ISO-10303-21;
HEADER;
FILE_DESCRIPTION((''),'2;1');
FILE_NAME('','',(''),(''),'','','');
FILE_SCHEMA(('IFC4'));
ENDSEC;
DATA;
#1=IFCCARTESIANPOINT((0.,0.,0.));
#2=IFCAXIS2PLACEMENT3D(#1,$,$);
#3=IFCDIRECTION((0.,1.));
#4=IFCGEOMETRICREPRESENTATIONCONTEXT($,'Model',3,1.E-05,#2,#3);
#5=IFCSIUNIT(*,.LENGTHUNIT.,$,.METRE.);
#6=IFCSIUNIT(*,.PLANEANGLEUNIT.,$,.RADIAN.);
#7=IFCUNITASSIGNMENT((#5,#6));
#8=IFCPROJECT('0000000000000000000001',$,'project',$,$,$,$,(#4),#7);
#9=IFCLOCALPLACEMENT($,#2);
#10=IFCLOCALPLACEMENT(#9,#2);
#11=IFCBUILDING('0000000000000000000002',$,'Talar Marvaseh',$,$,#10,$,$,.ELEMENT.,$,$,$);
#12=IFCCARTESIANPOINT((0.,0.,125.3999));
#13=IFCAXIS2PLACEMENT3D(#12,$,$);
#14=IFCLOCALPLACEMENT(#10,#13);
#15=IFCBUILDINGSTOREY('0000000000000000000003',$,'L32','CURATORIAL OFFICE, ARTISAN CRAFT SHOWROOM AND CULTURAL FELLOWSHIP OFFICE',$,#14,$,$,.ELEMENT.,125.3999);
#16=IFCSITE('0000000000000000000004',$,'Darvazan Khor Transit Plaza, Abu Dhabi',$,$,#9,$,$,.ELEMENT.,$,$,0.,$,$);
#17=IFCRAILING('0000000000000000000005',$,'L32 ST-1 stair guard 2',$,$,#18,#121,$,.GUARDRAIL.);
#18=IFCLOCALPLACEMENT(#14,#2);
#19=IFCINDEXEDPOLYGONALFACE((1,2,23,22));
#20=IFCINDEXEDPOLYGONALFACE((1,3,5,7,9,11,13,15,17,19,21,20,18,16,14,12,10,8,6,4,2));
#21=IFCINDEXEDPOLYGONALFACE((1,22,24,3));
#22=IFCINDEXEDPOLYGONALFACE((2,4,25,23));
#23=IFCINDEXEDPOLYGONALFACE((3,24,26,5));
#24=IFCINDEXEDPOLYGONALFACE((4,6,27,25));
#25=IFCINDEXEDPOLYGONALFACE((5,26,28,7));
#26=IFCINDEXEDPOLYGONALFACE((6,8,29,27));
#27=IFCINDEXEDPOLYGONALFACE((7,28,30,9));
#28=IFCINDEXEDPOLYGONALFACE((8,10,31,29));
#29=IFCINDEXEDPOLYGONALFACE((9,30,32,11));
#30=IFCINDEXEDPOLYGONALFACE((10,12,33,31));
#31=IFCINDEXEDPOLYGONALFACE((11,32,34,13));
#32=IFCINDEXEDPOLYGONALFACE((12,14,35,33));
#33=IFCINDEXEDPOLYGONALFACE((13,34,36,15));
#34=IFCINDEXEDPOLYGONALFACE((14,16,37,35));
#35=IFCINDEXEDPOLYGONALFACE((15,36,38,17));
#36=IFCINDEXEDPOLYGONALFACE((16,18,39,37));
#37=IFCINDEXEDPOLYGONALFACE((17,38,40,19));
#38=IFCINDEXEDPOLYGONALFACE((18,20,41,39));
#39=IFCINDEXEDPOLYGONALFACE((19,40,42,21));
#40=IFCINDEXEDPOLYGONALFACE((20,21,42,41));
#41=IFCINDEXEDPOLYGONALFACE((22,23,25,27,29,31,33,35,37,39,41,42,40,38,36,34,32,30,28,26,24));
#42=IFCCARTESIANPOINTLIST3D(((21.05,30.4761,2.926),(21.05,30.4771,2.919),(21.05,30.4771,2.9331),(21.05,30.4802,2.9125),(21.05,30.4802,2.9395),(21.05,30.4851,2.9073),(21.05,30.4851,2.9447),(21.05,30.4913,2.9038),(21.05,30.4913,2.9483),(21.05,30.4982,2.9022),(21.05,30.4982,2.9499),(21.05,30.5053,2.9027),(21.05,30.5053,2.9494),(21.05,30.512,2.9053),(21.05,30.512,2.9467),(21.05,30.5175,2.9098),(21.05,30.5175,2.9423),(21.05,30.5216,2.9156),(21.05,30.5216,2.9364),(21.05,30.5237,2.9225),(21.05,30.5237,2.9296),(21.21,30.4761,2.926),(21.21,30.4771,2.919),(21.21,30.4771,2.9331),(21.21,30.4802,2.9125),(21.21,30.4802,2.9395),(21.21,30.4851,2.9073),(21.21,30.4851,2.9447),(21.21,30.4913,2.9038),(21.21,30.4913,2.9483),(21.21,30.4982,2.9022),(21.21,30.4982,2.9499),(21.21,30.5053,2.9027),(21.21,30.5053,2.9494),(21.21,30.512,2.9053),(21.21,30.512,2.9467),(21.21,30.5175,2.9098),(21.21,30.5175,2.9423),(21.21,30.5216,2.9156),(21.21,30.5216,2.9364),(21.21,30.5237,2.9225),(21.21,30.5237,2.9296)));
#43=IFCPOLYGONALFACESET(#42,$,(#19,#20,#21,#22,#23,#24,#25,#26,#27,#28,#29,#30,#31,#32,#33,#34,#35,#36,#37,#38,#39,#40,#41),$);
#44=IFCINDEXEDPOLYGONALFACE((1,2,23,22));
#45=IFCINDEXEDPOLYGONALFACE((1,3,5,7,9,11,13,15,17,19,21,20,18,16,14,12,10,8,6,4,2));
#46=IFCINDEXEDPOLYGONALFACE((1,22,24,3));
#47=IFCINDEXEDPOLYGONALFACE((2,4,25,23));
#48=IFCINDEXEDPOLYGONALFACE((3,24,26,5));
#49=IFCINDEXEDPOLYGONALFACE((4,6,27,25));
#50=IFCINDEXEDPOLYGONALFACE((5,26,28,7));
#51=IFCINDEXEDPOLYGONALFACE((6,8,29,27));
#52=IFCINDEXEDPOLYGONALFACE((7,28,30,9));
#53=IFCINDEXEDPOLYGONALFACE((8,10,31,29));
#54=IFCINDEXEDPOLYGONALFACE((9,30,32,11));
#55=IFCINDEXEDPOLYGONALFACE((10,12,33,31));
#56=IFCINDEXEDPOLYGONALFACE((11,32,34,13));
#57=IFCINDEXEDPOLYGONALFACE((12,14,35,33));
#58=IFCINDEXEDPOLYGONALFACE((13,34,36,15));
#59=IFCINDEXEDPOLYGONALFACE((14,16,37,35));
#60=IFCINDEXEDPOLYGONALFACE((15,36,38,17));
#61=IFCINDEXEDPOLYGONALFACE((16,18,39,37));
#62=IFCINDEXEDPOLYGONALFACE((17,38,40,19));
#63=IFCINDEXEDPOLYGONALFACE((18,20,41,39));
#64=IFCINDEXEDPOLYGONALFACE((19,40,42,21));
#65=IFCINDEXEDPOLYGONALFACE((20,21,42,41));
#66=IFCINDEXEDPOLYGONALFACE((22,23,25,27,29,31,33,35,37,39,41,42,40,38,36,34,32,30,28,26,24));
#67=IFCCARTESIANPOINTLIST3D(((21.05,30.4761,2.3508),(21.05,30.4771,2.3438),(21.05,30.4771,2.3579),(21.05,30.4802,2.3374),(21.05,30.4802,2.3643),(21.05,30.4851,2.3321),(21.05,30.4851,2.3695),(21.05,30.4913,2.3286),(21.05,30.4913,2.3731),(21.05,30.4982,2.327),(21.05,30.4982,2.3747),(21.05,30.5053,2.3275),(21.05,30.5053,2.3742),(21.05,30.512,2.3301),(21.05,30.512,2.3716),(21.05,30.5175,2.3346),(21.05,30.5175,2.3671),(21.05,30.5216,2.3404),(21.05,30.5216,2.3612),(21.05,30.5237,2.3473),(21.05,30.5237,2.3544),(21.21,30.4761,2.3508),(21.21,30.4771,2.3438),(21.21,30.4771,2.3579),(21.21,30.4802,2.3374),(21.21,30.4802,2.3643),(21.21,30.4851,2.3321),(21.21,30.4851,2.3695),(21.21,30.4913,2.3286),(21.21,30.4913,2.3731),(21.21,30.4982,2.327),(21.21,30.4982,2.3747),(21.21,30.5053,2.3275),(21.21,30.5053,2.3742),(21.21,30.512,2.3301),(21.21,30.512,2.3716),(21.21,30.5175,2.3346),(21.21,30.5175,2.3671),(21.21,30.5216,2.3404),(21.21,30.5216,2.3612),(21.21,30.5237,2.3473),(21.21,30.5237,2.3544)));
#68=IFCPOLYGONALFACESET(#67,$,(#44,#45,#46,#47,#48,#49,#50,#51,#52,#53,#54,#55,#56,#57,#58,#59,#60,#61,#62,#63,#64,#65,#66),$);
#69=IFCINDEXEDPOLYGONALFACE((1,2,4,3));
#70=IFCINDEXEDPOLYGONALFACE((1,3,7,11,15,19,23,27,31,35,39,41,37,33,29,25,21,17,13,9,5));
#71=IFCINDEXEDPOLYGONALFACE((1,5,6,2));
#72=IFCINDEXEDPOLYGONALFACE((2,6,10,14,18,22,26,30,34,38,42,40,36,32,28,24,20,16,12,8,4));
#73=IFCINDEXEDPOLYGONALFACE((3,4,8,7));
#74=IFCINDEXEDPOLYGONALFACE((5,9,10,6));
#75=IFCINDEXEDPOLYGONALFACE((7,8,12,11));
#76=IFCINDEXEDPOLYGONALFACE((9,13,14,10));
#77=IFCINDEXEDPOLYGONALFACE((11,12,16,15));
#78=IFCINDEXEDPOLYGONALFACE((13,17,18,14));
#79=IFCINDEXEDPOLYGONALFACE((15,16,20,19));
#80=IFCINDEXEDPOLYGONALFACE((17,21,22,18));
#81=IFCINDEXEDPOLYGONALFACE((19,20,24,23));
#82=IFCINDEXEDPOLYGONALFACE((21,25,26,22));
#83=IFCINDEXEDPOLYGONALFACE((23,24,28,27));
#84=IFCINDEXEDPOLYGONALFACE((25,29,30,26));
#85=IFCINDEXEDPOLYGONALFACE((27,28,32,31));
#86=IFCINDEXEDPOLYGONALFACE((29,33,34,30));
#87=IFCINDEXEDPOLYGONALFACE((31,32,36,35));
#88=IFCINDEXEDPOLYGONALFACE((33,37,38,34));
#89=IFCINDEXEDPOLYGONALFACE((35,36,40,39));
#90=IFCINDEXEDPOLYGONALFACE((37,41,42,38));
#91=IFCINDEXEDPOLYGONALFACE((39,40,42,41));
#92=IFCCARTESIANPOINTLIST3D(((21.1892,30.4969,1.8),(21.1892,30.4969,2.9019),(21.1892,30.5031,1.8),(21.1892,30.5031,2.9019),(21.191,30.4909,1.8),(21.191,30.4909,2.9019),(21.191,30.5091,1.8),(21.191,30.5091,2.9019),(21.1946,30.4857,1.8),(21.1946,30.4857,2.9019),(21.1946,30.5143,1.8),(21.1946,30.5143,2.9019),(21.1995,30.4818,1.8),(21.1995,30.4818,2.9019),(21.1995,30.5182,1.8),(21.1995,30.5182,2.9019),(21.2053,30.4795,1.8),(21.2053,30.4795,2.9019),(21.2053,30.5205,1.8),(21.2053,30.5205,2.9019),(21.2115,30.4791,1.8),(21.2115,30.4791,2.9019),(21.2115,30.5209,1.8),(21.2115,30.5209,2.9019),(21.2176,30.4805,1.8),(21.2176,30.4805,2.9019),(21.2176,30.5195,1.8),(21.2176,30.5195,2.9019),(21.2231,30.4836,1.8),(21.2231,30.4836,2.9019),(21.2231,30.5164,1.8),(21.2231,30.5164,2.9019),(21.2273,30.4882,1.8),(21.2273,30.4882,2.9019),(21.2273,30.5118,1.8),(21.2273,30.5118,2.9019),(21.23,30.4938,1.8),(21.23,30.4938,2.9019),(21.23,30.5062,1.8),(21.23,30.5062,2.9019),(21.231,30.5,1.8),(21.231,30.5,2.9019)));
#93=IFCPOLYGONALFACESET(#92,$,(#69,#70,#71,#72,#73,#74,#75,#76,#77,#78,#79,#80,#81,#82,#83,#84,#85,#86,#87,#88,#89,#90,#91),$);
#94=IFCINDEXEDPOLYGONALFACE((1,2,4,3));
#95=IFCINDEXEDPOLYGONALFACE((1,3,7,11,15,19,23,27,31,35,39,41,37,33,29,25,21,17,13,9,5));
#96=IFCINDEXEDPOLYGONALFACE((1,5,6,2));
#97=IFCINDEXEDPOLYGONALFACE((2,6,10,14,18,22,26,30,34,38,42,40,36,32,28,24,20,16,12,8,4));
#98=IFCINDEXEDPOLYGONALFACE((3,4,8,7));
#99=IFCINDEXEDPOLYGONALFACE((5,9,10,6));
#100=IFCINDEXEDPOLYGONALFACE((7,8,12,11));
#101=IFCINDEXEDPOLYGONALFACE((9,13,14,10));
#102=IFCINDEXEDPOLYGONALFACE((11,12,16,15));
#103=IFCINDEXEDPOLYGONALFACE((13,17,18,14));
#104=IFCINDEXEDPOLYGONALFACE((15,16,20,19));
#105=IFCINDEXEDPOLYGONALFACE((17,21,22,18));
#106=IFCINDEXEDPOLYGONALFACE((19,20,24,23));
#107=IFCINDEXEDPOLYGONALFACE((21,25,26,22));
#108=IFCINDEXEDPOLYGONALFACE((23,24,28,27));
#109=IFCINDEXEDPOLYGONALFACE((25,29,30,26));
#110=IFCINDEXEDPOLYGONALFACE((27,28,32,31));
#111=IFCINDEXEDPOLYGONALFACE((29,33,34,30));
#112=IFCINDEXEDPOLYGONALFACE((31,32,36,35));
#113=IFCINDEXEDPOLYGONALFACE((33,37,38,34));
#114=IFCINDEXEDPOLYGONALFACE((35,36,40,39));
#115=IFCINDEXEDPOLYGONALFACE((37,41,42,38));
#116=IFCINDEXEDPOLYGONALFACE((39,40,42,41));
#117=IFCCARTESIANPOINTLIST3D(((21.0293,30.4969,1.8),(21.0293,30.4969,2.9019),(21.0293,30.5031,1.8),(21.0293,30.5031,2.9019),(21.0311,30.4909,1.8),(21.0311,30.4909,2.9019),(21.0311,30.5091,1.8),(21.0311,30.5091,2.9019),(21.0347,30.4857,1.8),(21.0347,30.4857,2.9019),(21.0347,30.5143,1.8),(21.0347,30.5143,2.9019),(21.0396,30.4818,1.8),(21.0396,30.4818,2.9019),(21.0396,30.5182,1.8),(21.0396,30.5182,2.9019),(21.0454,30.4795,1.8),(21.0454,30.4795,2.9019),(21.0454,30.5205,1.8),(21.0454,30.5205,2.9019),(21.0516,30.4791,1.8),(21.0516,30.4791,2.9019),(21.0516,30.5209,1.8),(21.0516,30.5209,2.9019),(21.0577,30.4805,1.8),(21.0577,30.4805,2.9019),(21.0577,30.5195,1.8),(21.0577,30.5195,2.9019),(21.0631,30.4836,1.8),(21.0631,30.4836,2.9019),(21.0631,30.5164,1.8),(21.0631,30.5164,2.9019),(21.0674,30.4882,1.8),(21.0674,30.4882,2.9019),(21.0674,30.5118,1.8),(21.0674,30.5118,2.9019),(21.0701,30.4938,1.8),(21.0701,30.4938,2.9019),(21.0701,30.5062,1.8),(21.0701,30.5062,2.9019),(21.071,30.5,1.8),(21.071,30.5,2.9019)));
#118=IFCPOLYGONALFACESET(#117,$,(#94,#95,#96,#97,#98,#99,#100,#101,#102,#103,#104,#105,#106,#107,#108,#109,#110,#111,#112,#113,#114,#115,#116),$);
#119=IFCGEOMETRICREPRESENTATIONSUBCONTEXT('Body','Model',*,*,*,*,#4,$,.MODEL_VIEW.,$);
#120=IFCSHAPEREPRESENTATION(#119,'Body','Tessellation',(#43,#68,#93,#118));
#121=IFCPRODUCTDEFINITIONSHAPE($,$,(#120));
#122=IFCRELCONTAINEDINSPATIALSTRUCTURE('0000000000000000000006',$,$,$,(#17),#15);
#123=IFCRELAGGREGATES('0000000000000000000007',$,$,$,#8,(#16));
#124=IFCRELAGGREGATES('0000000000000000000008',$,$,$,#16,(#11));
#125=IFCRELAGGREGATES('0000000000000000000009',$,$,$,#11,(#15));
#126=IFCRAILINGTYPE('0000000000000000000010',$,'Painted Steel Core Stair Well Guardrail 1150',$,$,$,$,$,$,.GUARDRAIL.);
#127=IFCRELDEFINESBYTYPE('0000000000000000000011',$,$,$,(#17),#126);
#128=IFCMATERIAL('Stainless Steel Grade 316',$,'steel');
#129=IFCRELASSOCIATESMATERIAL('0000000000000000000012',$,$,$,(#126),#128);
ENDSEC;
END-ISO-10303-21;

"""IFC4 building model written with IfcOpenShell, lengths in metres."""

from ifc_helpers import new_model, si_unit, direction, frame, origin, origin_2d, place, context, subcontext, project, spatial, circle, extrude, material, type_object, element, save


model = new_model("IFC4")

# Units and contexts
model_context = context("Model", 3, precision=1e-05, world=origin(), true_north=direction((0.0, 1.0)))
body_context = subcontext(model_context, "Body", "Model", "MODEL_VIEW")
ifc_project = project(units=[si_unit("LENGTHUNIT", "METRE"), si_unit("PLANEANGLEUNIT", "RADIAN")], contexts=[model_context])

# Site, building, storey
site_placement = place(None, origin())
site = spatial("IfcSite", under=ifc_project, at=site_placement, Name="Darvazan Khor Transit Plaza, Abu Dhabi", CompositionType="ELEMENT", RefElevation=0.0)
building_placement = place(site_placement, origin())
building = spatial("IfcBuilding", under=site, at=building_placement, Name="Talar Marvaseh", CompositionType="ELEMENT")
storey_placement = place(building_placement, frame((0.0, 0.0, 125.3999)))
storey = spatial("IfcBuildingStorey", under=building, at=storey_placement, Name="L32", Description="CURATORIAL OFFICE, ARTISAN CRAFT SHOWROOM AND CULTURAL FELLOWSHIP OFFICE", CompositionType="ELEMENT", Elevation=125.3999)

# Railing
ifc_material_1 = material(Name="Stainless Steel Grade 316", Category="steel")
railing_type_1 = type_object("IfcRailingType", Name="Painted Steel Core Stair Well Guardrail 1150", PredefinedType="GUARDRAIL", material=ifc_material_1)
railing_1_placement = place(storey_placement, frame((21.21, 30.5, 1.8)))
element("IfcRailing", 1, at=railing_1_placement, inside=storey, type_object=railing_type_1, Name="L32 ST-1 stair guard 2", PredefinedType="GUARDRAIL", context=body_context, shape_type="SweptSolid", body=[
    extrude(circle(Radius=0.0239, at=origin_2d()), frame((0.0, 0.0, 1.126), z_axis=(-1.0, 0.0, 0.0), x_axis=(0.0, -1.0, 0.0)), (0.0, 0.0, 1.0), 0.1599),
    extrude(circle(Radius=0.0239, at=origin_2d()), frame((0.0, 0.0, 0.5508), z_axis=(-1.0, 0.0, 0.0), x_axis=(0.0, -1.0, 0.0)), (0.0, 0.0, 1.0), 0.1599),
    extrude(circle(Radius=0.021, at=origin_2d()), origin(), (0.0, 0.0, 1.0), 1.1018),
    extrude(circle(Radius=0.021, at=origin_2d()), frame((-0.1599, 0.0, 0.0)), (0.0, 0.0, 1.0), 1.1018),
])

save(model, "model.ifc")
